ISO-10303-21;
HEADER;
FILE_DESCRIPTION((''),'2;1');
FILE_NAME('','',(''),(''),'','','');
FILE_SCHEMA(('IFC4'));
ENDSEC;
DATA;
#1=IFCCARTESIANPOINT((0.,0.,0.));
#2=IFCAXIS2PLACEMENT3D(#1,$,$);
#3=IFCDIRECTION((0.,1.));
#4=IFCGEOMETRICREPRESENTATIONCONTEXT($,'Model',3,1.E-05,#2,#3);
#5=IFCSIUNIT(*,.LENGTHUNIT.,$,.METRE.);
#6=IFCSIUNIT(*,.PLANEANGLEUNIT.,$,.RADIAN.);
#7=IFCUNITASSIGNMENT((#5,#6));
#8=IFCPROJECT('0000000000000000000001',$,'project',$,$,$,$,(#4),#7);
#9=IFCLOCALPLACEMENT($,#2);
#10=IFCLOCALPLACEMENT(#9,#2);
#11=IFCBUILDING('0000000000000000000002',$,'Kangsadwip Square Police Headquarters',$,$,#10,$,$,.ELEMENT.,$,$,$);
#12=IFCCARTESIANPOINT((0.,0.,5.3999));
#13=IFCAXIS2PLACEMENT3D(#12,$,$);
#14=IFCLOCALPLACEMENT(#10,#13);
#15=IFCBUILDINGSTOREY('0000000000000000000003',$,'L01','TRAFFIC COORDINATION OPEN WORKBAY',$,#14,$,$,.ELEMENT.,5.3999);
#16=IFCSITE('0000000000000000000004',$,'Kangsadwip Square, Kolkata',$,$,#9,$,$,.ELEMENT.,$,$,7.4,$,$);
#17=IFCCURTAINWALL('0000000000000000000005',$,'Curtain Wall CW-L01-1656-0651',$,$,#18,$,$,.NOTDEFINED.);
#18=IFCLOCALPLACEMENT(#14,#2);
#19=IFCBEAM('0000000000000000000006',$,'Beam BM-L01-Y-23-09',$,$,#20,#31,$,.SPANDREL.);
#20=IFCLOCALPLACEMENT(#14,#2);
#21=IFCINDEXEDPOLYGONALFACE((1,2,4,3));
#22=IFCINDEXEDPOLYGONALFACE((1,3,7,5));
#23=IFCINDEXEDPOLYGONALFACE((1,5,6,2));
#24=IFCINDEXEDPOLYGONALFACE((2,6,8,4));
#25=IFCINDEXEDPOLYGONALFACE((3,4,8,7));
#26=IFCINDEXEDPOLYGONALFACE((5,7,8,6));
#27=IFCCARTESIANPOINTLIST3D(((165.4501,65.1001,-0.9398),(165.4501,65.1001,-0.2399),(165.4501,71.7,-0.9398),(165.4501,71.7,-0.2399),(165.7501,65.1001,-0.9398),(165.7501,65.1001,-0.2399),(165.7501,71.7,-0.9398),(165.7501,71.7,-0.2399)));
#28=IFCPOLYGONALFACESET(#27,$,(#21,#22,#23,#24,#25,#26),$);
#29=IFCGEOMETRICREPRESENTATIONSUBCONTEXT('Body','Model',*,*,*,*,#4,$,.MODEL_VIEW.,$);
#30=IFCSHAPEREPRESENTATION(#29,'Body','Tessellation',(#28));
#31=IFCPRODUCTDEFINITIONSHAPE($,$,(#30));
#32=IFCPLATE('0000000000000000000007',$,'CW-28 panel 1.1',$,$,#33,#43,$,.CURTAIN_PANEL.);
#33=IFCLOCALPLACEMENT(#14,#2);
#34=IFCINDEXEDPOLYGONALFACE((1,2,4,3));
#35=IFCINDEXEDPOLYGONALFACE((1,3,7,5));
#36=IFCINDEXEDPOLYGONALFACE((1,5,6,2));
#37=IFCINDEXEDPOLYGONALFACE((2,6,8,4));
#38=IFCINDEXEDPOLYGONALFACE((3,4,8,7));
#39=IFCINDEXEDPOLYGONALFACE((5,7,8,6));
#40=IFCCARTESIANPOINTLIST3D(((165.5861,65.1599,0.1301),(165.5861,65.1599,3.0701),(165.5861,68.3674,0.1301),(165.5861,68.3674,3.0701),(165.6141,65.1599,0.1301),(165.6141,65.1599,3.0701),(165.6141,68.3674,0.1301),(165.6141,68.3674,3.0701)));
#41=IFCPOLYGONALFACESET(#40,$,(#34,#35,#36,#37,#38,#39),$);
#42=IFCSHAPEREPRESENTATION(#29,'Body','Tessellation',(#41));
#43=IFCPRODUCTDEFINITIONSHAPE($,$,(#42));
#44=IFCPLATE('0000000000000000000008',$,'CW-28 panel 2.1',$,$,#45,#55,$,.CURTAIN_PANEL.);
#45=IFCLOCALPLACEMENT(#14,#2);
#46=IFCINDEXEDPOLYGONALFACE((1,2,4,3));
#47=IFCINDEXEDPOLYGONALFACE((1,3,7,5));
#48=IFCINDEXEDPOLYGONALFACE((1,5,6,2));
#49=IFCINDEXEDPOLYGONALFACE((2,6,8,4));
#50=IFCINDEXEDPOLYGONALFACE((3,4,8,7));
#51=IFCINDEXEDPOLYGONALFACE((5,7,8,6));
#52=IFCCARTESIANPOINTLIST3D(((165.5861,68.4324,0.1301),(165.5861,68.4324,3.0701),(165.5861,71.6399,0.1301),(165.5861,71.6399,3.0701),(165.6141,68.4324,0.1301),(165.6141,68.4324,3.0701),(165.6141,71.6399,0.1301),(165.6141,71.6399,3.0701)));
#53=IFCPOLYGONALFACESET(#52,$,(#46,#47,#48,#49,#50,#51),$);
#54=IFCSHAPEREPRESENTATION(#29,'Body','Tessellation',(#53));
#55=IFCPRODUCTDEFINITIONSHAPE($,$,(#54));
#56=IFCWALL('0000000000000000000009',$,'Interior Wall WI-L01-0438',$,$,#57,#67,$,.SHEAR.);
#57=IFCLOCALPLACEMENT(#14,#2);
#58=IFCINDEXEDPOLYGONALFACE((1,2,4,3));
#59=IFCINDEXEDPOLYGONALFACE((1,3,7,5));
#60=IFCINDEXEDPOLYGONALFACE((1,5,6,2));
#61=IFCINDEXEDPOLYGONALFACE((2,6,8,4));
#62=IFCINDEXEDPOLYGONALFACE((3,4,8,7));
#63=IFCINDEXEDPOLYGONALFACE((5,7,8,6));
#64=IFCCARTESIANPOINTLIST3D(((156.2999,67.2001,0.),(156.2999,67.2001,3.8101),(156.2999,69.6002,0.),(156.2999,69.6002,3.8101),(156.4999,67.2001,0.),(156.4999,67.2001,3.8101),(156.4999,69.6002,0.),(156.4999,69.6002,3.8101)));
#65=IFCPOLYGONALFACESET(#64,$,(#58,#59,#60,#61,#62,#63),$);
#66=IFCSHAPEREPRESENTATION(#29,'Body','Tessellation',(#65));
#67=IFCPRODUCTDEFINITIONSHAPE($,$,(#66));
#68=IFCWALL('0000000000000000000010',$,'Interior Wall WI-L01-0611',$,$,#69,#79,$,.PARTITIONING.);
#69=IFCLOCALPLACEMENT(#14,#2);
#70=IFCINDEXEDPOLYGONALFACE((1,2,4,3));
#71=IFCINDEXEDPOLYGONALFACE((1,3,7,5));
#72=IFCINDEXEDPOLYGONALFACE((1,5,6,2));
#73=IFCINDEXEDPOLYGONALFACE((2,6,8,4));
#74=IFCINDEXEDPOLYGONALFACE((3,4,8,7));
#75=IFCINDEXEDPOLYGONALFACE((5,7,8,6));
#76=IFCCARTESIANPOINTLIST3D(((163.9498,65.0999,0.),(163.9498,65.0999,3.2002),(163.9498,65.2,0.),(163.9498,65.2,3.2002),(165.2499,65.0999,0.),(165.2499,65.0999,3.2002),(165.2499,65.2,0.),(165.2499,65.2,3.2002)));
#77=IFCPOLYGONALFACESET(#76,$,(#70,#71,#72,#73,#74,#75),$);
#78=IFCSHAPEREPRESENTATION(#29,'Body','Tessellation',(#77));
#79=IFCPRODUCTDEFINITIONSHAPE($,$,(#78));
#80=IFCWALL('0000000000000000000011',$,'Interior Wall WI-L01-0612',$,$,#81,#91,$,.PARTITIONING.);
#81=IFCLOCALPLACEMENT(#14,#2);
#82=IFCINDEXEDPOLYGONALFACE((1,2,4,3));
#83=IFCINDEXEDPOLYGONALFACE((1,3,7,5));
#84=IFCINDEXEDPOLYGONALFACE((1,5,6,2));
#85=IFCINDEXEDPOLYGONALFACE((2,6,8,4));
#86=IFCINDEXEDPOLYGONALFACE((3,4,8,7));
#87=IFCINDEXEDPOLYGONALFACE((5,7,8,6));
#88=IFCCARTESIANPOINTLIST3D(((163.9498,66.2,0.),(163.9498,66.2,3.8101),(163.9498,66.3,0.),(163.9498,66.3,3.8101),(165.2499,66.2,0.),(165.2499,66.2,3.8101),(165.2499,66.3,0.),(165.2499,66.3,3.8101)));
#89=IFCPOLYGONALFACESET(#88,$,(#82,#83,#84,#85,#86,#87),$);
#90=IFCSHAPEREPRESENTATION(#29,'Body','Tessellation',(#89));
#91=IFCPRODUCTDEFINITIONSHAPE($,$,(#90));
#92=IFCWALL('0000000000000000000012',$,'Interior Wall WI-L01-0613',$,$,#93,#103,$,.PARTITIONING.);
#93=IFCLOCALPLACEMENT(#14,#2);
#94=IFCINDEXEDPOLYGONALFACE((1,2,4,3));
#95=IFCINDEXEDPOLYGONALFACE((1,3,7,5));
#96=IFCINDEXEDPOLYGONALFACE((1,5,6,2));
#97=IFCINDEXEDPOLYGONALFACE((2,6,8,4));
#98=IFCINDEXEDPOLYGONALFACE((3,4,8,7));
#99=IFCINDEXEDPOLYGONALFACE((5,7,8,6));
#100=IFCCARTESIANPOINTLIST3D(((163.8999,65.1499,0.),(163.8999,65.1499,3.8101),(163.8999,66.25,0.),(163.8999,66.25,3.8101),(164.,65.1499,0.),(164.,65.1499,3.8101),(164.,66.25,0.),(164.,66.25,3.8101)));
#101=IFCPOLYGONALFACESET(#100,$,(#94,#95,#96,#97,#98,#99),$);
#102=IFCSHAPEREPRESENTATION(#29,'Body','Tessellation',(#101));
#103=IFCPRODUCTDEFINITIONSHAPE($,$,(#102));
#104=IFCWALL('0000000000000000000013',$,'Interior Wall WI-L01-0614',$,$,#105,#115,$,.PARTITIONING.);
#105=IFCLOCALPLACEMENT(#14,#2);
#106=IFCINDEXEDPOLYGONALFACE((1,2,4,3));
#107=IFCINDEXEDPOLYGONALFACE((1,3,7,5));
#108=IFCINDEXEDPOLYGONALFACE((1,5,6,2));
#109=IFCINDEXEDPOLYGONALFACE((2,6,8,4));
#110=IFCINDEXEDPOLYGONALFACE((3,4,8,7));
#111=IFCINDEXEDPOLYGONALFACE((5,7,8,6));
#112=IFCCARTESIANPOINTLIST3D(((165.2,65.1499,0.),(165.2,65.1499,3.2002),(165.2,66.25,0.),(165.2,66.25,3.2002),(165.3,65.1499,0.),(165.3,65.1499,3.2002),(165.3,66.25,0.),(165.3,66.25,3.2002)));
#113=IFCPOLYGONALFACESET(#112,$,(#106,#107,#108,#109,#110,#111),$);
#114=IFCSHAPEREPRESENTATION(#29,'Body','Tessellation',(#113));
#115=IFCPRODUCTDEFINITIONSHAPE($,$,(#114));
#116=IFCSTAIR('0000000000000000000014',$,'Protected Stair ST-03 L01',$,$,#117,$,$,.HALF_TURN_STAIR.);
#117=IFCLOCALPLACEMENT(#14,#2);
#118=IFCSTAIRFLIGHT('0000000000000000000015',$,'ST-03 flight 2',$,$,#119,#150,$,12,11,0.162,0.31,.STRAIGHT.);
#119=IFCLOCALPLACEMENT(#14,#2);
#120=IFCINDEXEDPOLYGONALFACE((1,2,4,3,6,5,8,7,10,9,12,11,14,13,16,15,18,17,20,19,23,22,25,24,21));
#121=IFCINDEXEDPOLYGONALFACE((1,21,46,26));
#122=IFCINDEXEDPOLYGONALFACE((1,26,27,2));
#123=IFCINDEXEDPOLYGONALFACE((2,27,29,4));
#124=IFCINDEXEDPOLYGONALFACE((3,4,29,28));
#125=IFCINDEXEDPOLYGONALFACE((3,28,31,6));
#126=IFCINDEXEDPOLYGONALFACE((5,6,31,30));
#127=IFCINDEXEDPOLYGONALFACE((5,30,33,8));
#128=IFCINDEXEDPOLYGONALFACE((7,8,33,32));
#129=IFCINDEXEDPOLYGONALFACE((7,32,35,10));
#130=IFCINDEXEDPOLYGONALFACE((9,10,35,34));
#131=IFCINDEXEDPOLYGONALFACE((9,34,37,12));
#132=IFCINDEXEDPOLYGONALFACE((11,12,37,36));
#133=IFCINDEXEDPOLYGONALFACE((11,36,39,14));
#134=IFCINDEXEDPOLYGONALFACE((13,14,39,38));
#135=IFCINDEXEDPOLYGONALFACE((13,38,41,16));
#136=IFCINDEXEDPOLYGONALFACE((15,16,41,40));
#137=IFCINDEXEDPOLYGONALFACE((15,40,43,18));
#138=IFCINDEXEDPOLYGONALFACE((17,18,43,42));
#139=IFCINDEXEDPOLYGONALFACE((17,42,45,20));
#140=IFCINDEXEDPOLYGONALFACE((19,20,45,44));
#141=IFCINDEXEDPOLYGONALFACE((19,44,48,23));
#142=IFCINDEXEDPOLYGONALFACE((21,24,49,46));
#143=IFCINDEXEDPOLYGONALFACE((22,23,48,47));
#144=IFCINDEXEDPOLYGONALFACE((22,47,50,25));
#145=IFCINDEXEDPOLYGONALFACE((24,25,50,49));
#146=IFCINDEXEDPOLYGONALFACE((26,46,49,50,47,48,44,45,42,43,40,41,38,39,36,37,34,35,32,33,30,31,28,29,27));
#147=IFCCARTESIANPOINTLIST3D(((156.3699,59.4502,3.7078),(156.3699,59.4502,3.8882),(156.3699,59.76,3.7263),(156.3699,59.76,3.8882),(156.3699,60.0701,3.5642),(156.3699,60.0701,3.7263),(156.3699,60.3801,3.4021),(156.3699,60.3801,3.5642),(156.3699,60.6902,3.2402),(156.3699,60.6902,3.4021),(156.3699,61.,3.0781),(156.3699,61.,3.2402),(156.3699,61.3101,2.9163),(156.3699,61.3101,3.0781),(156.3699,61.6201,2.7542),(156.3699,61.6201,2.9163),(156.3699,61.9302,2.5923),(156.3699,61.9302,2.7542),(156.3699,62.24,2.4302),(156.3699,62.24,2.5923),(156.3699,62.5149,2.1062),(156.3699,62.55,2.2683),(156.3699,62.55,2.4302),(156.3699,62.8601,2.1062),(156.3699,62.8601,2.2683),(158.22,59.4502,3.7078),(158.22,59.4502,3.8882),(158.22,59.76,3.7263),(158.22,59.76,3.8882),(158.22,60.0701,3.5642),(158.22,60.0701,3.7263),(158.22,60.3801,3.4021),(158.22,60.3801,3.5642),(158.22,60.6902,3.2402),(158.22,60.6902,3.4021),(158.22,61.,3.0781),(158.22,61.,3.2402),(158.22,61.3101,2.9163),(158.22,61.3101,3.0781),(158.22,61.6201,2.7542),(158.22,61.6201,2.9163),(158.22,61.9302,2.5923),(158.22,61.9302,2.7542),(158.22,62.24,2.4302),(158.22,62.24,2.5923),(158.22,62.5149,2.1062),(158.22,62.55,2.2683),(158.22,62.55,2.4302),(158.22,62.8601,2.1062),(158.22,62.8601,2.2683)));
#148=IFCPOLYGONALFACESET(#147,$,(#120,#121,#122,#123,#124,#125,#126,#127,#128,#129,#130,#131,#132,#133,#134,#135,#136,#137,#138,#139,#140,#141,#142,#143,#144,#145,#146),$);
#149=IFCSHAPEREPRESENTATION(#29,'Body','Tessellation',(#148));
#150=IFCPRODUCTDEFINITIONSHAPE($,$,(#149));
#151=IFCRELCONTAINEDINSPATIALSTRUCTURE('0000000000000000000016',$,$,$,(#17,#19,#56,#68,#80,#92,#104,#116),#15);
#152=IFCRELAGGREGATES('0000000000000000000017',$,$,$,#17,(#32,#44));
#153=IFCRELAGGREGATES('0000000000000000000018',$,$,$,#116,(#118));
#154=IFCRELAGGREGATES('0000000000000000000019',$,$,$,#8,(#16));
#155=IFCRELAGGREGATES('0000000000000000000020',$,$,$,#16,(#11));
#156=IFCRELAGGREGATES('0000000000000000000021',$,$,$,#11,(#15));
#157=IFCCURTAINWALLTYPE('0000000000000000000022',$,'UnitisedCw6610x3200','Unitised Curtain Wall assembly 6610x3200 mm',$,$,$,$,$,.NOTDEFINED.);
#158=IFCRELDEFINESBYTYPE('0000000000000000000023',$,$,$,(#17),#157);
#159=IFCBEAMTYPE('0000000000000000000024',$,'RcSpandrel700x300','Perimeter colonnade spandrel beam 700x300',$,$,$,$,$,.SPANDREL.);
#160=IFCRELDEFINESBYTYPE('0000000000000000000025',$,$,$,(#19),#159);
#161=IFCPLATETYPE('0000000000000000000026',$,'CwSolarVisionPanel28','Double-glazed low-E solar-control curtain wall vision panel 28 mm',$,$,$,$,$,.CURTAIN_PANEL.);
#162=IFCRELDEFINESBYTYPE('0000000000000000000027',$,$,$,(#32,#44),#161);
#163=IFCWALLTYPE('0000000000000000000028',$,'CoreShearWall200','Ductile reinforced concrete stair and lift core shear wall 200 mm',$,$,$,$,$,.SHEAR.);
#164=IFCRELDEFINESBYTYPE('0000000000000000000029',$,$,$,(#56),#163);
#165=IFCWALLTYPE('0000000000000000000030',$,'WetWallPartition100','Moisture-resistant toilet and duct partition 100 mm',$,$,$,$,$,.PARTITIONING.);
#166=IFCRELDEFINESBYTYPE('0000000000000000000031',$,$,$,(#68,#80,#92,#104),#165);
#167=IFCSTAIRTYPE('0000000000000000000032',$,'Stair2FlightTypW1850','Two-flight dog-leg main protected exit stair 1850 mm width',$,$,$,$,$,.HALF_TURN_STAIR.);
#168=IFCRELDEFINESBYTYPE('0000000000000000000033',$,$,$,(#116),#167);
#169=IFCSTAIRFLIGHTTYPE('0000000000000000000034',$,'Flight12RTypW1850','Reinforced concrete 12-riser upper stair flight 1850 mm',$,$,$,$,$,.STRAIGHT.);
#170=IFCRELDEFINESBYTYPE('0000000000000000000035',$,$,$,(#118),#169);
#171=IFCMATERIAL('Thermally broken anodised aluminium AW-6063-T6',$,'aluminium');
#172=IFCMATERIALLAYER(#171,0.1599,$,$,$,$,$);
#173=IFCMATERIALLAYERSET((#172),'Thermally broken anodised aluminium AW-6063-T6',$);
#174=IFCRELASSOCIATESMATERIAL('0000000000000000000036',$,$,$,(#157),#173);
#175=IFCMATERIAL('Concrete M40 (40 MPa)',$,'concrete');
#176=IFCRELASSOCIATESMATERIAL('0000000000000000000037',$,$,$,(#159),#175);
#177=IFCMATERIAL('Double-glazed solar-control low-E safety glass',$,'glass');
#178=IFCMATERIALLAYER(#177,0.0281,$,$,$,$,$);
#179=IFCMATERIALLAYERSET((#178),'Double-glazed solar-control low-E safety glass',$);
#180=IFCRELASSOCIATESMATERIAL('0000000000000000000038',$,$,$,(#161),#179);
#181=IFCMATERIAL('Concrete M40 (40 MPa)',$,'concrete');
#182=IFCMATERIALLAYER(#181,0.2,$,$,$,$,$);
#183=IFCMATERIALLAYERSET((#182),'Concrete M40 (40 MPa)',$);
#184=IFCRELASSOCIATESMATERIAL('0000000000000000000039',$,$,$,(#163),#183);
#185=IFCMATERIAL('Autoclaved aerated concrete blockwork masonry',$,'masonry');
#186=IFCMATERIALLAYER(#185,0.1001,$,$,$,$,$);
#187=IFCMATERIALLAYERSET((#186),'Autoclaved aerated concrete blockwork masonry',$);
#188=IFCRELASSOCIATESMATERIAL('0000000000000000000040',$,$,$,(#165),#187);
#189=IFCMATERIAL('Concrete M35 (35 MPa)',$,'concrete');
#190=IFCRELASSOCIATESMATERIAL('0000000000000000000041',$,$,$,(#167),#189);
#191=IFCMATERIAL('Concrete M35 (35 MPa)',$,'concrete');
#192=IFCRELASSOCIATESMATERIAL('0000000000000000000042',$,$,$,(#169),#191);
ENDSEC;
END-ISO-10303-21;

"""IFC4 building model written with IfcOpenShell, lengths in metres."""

from ifc_helpers import new_model, si_unit, direction, frame, frame_2d, origin, origin_2d, place, context, subcontext, project, spatial, polyline, rectangle, outline, extrude, material, layer, layer_set, material_profile, profile_set, type_object, element, aggregate, save


model = new_model("IFC4")

# Units and contexts
model_context = context("Model", 3, precision=1e-05, world=origin(), true_north=direction((0.0, 1.0)))
body_context = subcontext(model_context, "Body", "Model", "MODEL_VIEW")
ifc_project = project(units=[si_unit("LENGTHUNIT", "METRE"), si_unit("PLANEANGLEUNIT", "RADIAN")], contexts=[model_context])

# Site, building, storey
site_placement = place(None, origin())
site = spatial("IfcSite", under=ifc_project, at=site_placement, Name="Kangsadwip Square, Kolkata", CompositionType="ELEMENT", RefElevation=7.4)
building_placement = place(site_placement, origin())
building = spatial("IfcBuilding", under=site, at=building_placement, Name="Kangsadwip Square Police Headquarters", CompositionType="ELEMENT")
storey_placement = place(building_placement, frame((0.0, 0.0, 5.3999)))
storey = spatial("IfcBuildingStorey", under=building, at=storey_placement, Name="L01", Description="TRAFFIC COORDINATION OPEN WORKBAY", CompositionType="ELEMENT", Elevation=5.3999)

# Curtain wall
ifc_material_1 = material(Name="Thermally broken anodised aluminium AW-6063-T6", Category="aluminium")
ifc_layer_1 = layer(ifc_material_1, 0.1599)
ifc_layer_set_1 = layer_set([ifc_layer_1], Name="Thermally broken anodised aluminium AW-6063-T6")
curtain_wall_type = type_object("IfcCurtainWallType", Name="UnitisedCw6610x3200", Description="Unitised Curtain Wall assembly 6610x3200 mm", PredefinedType="NOTDEFINED", material=ifc_layer_set_1)
curtain_wall_placement = place(storey_placement, origin())
curtain_wall = element("IfcCurtainWall", 1, at=curtain_wall_placement, inside=storey, type_object=curtain_wall_type, Name="Curtain Wall CW-L01-1656-0651", PredefinedType="NOTDEFINED")

# Beam
ifc_material_2 = material(Name="Concrete M40 (40 MPa)", Category="concrete")
ifc_material_profile_1 = material_profile(ifc_material_2, rectangle(XDim=0.3, YDim=0.7, at=origin_2d()), Name="RC SPN 700X300")
ifc_profile_set_1 = profile_set([ifc_material_profile_1], Name="Concrete M40 (40 MPa)")
beam_type_1 = type_object("IfcBeamType", Name="RcSpandrel700x300", Description="Perimeter colonnade spandrel beam 700x300", PredefinedType="SPANDREL", material=ifc_profile_set_1)
beam_1_placement = place(storey_placement, frame((165.6001, 65.1001, -0.5898), z_axis=(0.0, 1.0, 0.0), x_axis=(-1.0, 0.0, 0.0)))
element("IfcBeam", 2, at=beam_1_placement, inside=storey, type_object=beam_type_1, Name="Beam BM-L01-Y-23-09", PredefinedType="SPANDREL", context=body_context, shape_type="SweptSolid", body=[
    extrude(rectangle(XDim=0.3, YDim=0.7, at=origin_2d()), origin(), (0.0, 0.0, 1.0), 6.5999),
])

# Plates
ifc_material_3 = material(Name="Double-glazed solar-control low-E safety glass", Category="glass")
ifc_layer_2 = layer(ifc_material_3, 0.0281)
ifc_layer_set_2 = layer_set([ifc_layer_2], Name="Double-glazed solar-control low-E safety glass")
plate_type = type_object("IfcPlateType", Name="CwSolarVisionPanel28", Description="Double-glazed low-E solar-control curtain wall vision panel 28 mm", PredefinedType="CURTAIN_PANEL", material=ifc_layer_set_2)
plate_1_placement = place(storey_placement, frame((165.6001, 66.7637, 0.1301), z_axis=(0.0, 0.0, 1.0), x_axis=(0.0, 1.0, 0.0)))
plate_1 = element("IfcPlate", 3, at=plate_1_placement, type_object=plate_type, Name="CW-28 panel 1.1", PredefinedType="CURTAIN_PANEL", context=body_context, shape_type="SweptSolid", body=[
    extrude(rectangle(XDim=3.2075, YDim=0.0281, at=origin_2d()), origin(), (0.0, 0.0, 1.0), 2.9399),
])
plate_2_placement = place(storey_placement, frame((165.6001, 70.0361, 0.1301), z_axis=(0.0, 0.0, 1.0), x_axis=(0.0, 1.0, 0.0)))
plate_2 = element("IfcPlate", 4, at=plate_2_placement, type_object=plate_type, Name="CW-28 panel 2.1", PredefinedType="CURTAIN_PANEL", context=body_context, shape_type="SweptSolid", body=[
    extrude(rectangle(XDim=3.2075, YDim=0.0281, at=origin_2d()), origin(), (0.0, 0.0, 1.0), 2.9399),
])
aggregate(curtain_wall, [plate_1, plate_2])

# Walls
ifc_material_4 = material(Name="Concrete M40 (40 MPa)", Category="concrete")
ifc_layer_3 = layer(ifc_material_4, 0.2)
ifc_layer_set_3 = layer_set([ifc_layer_3], Name="Concrete M40 (40 MPa)")
wall_type_1 = type_object("IfcWallType", Name="CoreShearWall200", Description="Ductile reinforced concrete stair and lift core shear wall 200 mm", PredefinedType="SHEAR", material=ifc_layer_set_3)
wall_1_placement = place(storey_placement, frame((156.3999, 67.2, 0.0), z_axis=(0.0, 0.0, 1.0), x_axis=(0.0, 1.0, 0.0)))
element("IfcWall", 5, at=wall_1_placement, inside=storey, type_object=wall_type_1, Name="Interior Wall WI-L01-0438", PredefinedType="SHEAR", context=body_context, shape_type="SweptSolid", body=[
    extrude(rectangle(XDim=2.4001, YDim=0.2, at=frame_2d((1.2002, 0.0))), origin(), (0.0, 0.0, 1.0), 3.8101),
])
ifc_material_5 = material(Name="Autoclaved aerated concrete blockwork masonry", Category="masonry")
ifc_layer_4 = layer(ifc_material_5, 0.1001)
ifc_layer_set_4 = layer_set([ifc_layer_4], Name="Autoclaved aerated concrete blockwork masonry")
wall_type_2 = type_object("IfcWallType", Name="WetWallPartition100", Description="Moisture-resistant toilet and duct partition 100 mm", PredefinedType="PARTITIONING", material=ifc_layer_set_4)
wall_2_placement = place(storey_placement, frame((163.95, 65.1499, 0.0), z_axis=(0.0, 0.0, 1.0), x_axis=(1.0, 0.0, 0.0)))
element("IfcWall", 6, at=wall_2_placement, inside=storey, type_object=wall_type_2, Name="Interior Wall WI-L01-0611", PredefinedType="PARTITIONING", context=body_context, shape_type="SweptSolid", body=[
    extrude(rectangle(XDim=1.3, YDim=0.1001, at=frame_2d((0.6499, 0.0))), origin(), (0.0, 0.0, 1.0), 3.2002),
])
wall_3_placement = place(storey_placement, frame((163.95, 66.25, 0.0), z_axis=(0.0, 0.0, 1.0), x_axis=(1.0, 0.0, 0.0)))
element("IfcWall", 7, at=wall_3_placement, inside=storey, type_object=wall_type_2, Name="Interior Wall WI-L01-0612", PredefinedType="PARTITIONING", context=body_context, shape_type="SweptSolid", body=[
    extrude(rectangle(XDim=1.3, YDim=0.1001, at=frame_2d((0.6499, 0.0))), origin(), (0.0, 0.0, 1.0), 3.8101),
])
wall_4_placement = place(storey_placement, frame((163.95, 65.1499, 0.0), z_axis=(0.0, 0.0, 1.0), x_axis=(0.0, 1.0, 0.0)))
element("IfcWall", 8, at=wall_4_placement, inside=storey, type_object=wall_type_2, Name="Interior Wall WI-L01-0613", PredefinedType="PARTITIONING", context=body_context, shape_type="SweptSolid", body=[
    extrude(rectangle(XDim=1.1001, YDim=0.1001, at=frame_2d((0.55, 0.0))), origin(), (0.0, 0.0, 1.0), 3.8101),
])
wall_5_placement = place(storey_placement, frame((165.25, 65.1499, 0.0), z_axis=(0.0, 0.0, 1.0), x_axis=(0.0, 1.0, 0.0)))
element("IfcWall", 9, at=wall_5_placement, inside=storey, type_object=wall_type_2, Name="Interior Wall WI-L01-0614", PredefinedType="PARTITIONING", context=body_context, shape_type="SweptSolid", body=[
    extrude(rectangle(XDim=1.1001, YDim=0.1001, at=frame_2d((0.55, 0.0))), origin(), (0.0, 0.0, 1.0), 3.2002),
])

# Stair, stair flight
ifc_material_6 = material(Name="Concrete M35 (35 MPa)", Category="concrete")
stair_type = type_object("IfcStairType", Name="Stair2FlightTypW1850", Description="Two-flight dog-leg main protected exit stair 1850 mm width", PredefinedType="HALF_TURN_STAIR", material=ifc_material_6)
stair_placement = place(storey_placement, origin())
stair = element("IfcStair", 10, at=stair_placement, inside=storey, type_object=stair_type, Name="Protected Stair ST-03 L01", PredefinedType="HALF_TURN_STAIR")
ifc_material_7 = material(Name="Concrete M35 (35 MPa)", Category="concrete")
stair_flight_type = type_object("IfcStairFlightType", Name="Flight12RTypW1850", Description="Reinforced concrete 12-riser upper stair flight 1850 mm", PredefinedType="STRAIGHT", material=ifc_material_7)
stair_flight_placement = place(storey_placement, frame((157.2949, 62.8601, 2.1062), z_axis=(0.0, 0.0, 1.0), x_axis=(0.0, -1.0, 0.0)))
stair_flight = element("IfcStairFlight", 11, at=stair_flight_placement, type_object=stair_flight_type, Name="ST-03 flight 2", NumberOfRisers=12, NumberOfTreads=11, PredefinedType="STRAIGHT", RiserHeight=0.162, TreadLength=0.31, context=body_context, shape_type="SweptSolid", body=[
    extrude(outline(polyline([(0.0, 0.0), (0.0, 0.1621), (0.3101, 0.1621), (0.3101, 0.324), (0.6201, 0.324), (0.6201, 0.4861), (0.9299, 0.4861), (0.9299, 0.6479), (1.24, 0.6479), (1.24, 0.8101), (1.55, 0.8101), (1.55, 0.9719), (1.8601, 0.9719), (1.8601, 1.134), (2.1699, 1.134), (2.1699, 1.2959), (2.48, 1.2959), (2.48, 1.458), (2.79, 1.458), (2.79, 1.6201), (3.1001, 1.6201), (3.1001, 1.782), (3.4099, 1.782), (3.4099, 1.9441), (3.4099, 1.6016), (0.3452, 0.0), (0.0, 0.0)])), frame((0.0, 0.925, 0.0), z_axis=(0.0, -1.0, 0.0), x_axis=(1.0, 0.0, 0.0)), (0.0, 0.0, 1.0), 1.8501),
])
aggregate(stair, [stair_flight])

save(model, "model.ifc")
